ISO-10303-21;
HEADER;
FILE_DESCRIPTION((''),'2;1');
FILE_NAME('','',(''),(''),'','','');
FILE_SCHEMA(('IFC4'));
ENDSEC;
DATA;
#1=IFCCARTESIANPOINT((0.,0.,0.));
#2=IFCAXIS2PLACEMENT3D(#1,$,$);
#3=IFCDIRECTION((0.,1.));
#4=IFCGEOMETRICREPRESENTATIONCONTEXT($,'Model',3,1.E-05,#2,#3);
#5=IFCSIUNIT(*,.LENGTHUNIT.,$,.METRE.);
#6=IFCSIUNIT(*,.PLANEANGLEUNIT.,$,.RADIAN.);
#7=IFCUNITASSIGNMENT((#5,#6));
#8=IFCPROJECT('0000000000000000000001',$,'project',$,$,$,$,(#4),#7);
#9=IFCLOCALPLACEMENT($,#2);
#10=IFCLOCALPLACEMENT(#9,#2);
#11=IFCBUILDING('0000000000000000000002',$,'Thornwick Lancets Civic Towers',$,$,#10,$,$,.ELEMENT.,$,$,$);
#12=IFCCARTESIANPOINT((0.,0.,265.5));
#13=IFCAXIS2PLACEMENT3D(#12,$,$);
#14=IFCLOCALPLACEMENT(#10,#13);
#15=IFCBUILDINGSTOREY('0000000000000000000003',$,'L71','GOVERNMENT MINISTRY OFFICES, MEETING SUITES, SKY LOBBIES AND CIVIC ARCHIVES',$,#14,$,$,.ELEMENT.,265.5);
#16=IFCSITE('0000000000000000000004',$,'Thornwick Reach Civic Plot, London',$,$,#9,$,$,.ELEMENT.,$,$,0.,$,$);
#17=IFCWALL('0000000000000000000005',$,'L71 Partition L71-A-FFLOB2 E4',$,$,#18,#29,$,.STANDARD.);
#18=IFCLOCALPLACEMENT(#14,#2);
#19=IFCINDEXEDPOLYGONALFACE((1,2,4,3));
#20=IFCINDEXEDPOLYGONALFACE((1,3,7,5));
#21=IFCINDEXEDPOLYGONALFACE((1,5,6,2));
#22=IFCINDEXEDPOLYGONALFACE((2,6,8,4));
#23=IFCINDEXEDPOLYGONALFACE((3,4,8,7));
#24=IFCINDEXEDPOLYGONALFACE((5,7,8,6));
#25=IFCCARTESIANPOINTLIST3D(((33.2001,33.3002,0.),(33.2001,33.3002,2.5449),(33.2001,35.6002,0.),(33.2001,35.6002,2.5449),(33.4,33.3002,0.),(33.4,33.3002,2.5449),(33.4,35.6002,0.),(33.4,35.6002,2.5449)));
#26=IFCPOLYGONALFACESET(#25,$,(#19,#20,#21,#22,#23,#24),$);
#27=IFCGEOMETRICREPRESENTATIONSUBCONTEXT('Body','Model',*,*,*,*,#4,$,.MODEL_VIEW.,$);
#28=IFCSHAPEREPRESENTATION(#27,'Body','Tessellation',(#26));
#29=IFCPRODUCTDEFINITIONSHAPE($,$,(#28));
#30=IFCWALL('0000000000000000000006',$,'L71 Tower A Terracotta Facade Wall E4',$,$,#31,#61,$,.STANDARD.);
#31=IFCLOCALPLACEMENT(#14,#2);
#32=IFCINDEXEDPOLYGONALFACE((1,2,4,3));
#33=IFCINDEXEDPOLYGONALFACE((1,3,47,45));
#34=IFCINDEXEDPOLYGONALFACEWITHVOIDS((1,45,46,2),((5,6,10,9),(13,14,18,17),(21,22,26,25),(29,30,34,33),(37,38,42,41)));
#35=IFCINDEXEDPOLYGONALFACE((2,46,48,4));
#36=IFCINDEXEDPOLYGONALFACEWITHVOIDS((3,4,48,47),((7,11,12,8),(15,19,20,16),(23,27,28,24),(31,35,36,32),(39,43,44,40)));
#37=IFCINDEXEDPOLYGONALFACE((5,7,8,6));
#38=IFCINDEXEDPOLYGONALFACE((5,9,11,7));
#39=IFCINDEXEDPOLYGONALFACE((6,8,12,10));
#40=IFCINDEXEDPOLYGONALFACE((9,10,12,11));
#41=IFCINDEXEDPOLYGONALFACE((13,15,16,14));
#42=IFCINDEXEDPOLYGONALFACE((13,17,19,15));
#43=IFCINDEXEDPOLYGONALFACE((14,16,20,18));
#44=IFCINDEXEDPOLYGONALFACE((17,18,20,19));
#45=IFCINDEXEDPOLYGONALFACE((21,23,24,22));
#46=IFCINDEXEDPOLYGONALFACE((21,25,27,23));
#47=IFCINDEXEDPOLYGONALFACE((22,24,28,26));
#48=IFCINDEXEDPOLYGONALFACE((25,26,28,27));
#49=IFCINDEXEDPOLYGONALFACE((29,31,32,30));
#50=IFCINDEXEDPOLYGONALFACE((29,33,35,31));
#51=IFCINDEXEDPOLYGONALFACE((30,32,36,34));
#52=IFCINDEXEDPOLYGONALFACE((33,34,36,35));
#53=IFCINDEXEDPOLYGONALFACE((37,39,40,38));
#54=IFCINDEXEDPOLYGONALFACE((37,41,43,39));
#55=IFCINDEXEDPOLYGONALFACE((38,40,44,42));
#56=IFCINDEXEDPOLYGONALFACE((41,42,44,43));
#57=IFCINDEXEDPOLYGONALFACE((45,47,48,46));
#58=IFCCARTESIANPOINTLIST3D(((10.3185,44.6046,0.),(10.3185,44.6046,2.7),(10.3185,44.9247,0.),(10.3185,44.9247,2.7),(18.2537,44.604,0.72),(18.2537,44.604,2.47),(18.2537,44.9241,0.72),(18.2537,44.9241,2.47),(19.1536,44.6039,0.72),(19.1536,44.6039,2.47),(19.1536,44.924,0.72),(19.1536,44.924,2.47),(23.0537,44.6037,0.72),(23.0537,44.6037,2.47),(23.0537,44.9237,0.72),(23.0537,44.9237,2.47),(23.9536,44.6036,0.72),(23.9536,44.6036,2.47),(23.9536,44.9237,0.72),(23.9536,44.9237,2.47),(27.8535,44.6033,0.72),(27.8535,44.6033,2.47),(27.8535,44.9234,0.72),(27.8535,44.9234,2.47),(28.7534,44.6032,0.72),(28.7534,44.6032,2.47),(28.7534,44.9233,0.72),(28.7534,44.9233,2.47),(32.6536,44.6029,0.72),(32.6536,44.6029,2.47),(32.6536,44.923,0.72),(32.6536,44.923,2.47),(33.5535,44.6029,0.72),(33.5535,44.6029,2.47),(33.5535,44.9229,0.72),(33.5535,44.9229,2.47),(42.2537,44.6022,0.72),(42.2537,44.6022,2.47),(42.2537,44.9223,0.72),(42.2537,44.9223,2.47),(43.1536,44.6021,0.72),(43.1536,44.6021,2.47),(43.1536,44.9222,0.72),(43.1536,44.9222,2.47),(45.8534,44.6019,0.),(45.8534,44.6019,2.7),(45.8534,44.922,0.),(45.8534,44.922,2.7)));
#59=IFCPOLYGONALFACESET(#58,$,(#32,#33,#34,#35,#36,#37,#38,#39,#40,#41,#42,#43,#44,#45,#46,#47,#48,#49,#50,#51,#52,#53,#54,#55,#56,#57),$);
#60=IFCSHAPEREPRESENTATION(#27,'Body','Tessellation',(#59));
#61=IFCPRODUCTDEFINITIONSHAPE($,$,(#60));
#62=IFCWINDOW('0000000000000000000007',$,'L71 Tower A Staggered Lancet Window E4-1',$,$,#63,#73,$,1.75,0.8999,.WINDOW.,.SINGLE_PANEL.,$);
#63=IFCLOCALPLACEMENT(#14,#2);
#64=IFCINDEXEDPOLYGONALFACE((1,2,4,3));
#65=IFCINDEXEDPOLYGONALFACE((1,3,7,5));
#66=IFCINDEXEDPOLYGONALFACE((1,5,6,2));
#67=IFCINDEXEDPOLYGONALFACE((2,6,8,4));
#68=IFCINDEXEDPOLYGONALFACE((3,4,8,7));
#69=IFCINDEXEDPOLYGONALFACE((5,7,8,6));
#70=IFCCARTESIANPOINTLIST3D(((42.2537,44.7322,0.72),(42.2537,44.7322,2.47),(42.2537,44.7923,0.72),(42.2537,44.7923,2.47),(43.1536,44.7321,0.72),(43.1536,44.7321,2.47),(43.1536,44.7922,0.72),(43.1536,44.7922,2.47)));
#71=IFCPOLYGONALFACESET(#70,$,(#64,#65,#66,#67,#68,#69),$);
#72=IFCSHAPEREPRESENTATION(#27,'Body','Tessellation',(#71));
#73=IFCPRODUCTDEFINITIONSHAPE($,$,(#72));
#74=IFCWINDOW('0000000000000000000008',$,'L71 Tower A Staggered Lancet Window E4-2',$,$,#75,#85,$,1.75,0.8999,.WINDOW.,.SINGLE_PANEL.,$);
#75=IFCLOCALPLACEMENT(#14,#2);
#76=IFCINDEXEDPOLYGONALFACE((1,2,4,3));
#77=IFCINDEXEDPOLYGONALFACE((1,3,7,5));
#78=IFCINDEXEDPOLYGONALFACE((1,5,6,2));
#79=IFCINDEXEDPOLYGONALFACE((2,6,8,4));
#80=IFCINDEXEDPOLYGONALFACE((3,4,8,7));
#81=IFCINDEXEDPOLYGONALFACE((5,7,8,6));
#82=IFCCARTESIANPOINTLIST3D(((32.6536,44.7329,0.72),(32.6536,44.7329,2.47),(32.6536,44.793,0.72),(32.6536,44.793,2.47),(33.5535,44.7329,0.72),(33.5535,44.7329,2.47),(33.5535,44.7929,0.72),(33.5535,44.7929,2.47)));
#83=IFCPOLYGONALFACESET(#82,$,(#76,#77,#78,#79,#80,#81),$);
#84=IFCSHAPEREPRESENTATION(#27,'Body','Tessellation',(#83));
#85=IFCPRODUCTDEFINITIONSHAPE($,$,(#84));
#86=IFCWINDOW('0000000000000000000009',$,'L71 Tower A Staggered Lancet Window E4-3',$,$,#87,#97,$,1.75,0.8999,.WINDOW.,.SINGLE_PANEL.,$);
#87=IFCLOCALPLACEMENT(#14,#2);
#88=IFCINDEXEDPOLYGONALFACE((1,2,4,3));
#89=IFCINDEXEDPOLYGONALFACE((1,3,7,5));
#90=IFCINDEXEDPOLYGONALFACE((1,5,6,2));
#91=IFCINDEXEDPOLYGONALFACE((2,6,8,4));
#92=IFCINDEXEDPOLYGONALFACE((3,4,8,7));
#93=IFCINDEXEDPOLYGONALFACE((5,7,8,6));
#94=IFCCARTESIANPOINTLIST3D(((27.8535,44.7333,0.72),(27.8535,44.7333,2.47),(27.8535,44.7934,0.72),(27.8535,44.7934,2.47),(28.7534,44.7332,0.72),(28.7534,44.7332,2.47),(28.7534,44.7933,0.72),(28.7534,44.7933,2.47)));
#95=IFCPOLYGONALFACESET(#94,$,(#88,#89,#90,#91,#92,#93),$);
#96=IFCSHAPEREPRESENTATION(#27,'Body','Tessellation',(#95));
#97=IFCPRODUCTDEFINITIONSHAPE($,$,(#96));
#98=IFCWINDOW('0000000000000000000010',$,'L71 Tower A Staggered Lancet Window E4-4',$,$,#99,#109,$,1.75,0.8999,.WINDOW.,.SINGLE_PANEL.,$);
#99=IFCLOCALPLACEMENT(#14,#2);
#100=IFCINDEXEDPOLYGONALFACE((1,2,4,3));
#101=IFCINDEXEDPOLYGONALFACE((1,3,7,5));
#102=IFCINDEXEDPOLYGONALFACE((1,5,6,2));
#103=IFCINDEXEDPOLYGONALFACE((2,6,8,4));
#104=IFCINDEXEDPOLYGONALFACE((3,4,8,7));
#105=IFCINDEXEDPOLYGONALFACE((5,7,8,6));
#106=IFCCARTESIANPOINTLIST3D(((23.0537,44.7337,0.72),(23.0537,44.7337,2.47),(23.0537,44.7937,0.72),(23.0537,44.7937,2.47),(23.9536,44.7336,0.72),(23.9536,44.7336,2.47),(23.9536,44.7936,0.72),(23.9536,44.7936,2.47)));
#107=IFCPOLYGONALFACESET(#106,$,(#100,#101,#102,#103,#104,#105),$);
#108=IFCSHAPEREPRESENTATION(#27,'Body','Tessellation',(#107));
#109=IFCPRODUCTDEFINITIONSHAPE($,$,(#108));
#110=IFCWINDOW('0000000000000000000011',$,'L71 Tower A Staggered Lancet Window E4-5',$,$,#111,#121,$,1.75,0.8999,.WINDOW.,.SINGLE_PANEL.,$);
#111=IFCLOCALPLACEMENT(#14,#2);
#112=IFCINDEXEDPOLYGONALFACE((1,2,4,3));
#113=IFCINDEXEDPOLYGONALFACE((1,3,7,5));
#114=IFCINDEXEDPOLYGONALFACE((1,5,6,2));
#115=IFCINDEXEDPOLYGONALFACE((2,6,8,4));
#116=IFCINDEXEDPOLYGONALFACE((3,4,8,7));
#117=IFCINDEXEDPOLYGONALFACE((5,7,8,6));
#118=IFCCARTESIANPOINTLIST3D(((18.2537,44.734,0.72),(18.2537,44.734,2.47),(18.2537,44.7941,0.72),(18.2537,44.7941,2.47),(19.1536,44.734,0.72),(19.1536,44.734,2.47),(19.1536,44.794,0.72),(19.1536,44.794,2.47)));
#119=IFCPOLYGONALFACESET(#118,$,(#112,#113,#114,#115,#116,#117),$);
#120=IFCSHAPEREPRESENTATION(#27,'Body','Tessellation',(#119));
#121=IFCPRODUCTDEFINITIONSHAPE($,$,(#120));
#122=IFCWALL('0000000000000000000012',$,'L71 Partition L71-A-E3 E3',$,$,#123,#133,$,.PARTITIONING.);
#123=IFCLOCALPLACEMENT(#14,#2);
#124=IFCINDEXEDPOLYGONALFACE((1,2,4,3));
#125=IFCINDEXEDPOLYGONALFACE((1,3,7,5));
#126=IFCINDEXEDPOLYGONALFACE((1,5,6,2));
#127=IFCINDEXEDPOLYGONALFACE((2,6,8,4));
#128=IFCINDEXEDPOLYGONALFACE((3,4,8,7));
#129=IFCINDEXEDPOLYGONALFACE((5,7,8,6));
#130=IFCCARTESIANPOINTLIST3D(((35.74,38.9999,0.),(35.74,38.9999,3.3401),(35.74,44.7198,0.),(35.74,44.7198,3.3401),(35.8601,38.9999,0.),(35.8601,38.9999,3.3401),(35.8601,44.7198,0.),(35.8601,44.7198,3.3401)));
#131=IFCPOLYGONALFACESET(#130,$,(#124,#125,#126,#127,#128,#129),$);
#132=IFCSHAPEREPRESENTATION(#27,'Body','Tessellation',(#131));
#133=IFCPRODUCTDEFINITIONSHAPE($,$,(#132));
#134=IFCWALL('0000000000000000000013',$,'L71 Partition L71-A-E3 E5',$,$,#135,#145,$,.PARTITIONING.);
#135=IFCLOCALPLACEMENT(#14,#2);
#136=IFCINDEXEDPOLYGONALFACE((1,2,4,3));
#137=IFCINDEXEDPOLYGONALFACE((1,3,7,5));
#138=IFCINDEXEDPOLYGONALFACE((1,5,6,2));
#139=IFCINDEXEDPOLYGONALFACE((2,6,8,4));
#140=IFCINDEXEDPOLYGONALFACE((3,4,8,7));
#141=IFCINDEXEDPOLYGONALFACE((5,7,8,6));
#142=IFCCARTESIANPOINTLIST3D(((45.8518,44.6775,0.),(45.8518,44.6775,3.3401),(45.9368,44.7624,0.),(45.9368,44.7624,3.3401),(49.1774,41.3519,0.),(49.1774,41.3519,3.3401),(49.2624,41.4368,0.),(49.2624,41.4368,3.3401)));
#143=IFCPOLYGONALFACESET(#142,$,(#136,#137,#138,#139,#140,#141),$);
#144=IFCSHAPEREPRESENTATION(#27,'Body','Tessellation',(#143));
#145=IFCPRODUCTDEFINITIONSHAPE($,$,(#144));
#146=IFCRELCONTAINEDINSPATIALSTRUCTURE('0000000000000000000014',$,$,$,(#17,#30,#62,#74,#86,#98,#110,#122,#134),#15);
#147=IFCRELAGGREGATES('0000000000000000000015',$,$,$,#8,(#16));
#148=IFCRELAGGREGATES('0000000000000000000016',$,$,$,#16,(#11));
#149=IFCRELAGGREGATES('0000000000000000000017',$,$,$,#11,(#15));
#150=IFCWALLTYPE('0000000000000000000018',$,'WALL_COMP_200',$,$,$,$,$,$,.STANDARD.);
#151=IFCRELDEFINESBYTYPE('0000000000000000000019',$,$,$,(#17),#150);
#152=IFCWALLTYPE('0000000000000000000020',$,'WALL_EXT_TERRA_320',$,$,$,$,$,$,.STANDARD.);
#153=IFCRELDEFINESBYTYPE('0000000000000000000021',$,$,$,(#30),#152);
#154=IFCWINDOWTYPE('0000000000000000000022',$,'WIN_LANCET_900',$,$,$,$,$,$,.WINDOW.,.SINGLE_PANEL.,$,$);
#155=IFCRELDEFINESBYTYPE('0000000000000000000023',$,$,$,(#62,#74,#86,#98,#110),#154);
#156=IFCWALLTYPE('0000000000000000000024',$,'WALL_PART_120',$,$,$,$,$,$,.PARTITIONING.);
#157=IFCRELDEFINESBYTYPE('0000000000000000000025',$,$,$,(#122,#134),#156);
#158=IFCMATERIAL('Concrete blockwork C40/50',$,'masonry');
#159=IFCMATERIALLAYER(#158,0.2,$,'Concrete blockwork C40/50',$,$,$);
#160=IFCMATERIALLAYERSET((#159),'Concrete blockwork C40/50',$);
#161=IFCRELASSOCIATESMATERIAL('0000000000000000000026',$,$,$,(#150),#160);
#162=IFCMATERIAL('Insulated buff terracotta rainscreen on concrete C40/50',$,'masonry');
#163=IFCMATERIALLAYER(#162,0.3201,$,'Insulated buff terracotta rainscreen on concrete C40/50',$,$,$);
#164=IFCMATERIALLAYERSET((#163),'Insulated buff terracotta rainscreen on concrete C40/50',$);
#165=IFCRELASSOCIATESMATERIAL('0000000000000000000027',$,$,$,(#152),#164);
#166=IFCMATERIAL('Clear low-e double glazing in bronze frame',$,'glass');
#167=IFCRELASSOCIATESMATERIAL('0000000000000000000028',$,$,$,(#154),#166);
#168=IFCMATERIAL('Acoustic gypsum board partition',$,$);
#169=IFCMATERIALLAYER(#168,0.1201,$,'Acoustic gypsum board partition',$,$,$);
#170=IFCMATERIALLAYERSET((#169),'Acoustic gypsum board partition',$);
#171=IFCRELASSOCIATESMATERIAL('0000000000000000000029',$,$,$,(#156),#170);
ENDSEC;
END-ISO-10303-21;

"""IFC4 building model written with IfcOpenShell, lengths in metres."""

from ifc_helpers import new_model, si_unit, direction, frame, frame_2d, origin, place, context, subcontext, project, spatial, rectangle, extrude, material, layer, layer_set, type_object, element, fill, save


model = new_model("IFC4")

# Units and contexts
model_context = context("Model", 3, precision=1e-05, world=origin(), true_north=direction((0.0, 1.0)))
body_context = subcontext(model_context, "Body", "Model", "MODEL_VIEW")
ifc_project = project(units=[si_unit("LENGTHUNIT", "METRE"), si_unit("PLANEANGLEUNIT", "RADIAN")], contexts=[model_context])

# Site, building, storey
site_placement = place(None, origin())
site = spatial("IfcSite", under=ifc_project, at=site_placement, Name="Thornwick Reach Civic Plot, London", CompositionType="ELEMENT", RefElevation=0.0)
building_placement = place(site_placement, origin())
building = spatial("IfcBuilding", under=site, at=building_placement, Name="Thornwick Lancets Civic Towers", CompositionType="ELEMENT")
storey_placement = place(building_placement, frame((0.0, 0.0, 265.5)))
storey = spatial("IfcBuildingStorey", under=building, at=storey_placement, Name="L71", Description="GOVERNMENT MINISTRY OFFICES, MEETING SUITES, SKY LOBBIES AND CIVIC ARCHIVES", CompositionType="ELEMENT", Elevation=265.5)

# Wall
ifc_material_1 = material(Name="Concrete blockwork C40/50", Category="masonry")
ifc_layer_1 = layer(ifc_material_1, 0.2, Name="Concrete blockwork C40/50")
ifc_layer_set_1 = layer_set([ifc_layer_1], Name="Concrete blockwork C40/50")
wall_type_1 = type_object("IfcWallType", Name="WALL_COMP_200", PredefinedType="STANDARD", material=ifc_layer_set_1)
wall_1_placement = place(storey_placement, frame((33.3, 35.6001, 0.0), z_axis=(0.0, 0.0, 1.0), x_axis=(0.0, -1.0, 0.0)))
element("IfcWall", 1, at=wall_1_placement, inside=storey, type_object=wall_type_1, Name="L71 Partition L71-A-FFLOB2 E4", PredefinedType="STANDARD", context=body_context, shape_type="SweptSolid", body=[
    extrude(rectangle(XDim=2.3, YDim=0.2, at=frame_2d((1.1499, 0.0))), origin(), (0.0, 0.0, 1.0), 2.5449),
])

# Wall, openings, windows
ifc_material_2 = material(Name="Insulated buff terracotta rainscreen on concrete C40/50", Category="masonry")
ifc_layer_2 = layer(ifc_material_2, 0.3201, Name="Insulated buff terracotta rainscreen on concrete C40/50")
ifc_layer_set_2 = layer_set([ifc_layer_2], Name="Insulated buff terracotta rainscreen on concrete C40/50")
wall_type_2 = type_object("IfcWallType", Name="WALL_EXT_TERRA_320", PredefinedType="STANDARD", material=ifc_layer_set_2)
wall_2_placement = place(storey_placement, frame((45.8535, 44.762, 0.0), z_axis=(0.0, 0.0, 1.0), x_axis=(-1.0, 0.000076, 0.0)))
wall_2 = element("IfcWall", 2, at=wall_2_placement, inside=storey, type_object=wall_type_2, Name="L71 Tower A Terracotta Facade Wall E4", PredefinedType="STANDARD", context=body_context, shape_type="SweptSolid", body=[
    extrude(rectangle(XDim=35.5349, YDim=0.3201, at=frame_2d((17.7676, 0.0))), origin(), (0.0, 0.0, 1.0), 2.7),
])
opening_1_placement = place(wall_2_placement, frame((2.7, 0.0, 0.72)))
opening_1 = element("IfcOpeningElement", 3, at=opening_1_placement, cuts=wall_2, PredefinedType="OPENING", context=body_context, shape_type="SweptSolid", body=[
    extrude(rectangle(XDim=0.8999, YDim=1.75, at=frame_2d((0.45, 0.875))), frame((0.0, 0.1699, 0.0), z_axis=(0.0, -1.0, 0.0), x_axis=(1.0, 0.0, 0.0)), (0.0, 0.0, 1.0), 0.3401),
])
opening_2_placement = place(wall_2_placement, frame((12.3, 0.0, 0.72)))
opening_2 = element("IfcOpeningElement", 4, at=opening_2_placement, cuts=wall_2, PredefinedType="OPENING", context=body_context, shape_type="SweptSolid", body=[
    extrude(rectangle(XDim=0.8999, YDim=1.75, at=frame_2d((0.45, 0.875))), frame((0.0, 0.1699, 0.0), z_axis=(0.0, -1.0, 0.0), x_axis=(1.0, 0.0, 0.0)), (0.0, 0.0, 1.0), 0.3401),
])
opening_3_placement = place(wall_2_placement, frame((17.1001, 0.0, 0.72)))
opening_3 = element("IfcOpeningElement", 5, at=opening_3_placement, cuts=wall_2, PredefinedType="OPENING", context=body_context, shape_type="SweptSolid", body=[
    extrude(rectangle(XDim=0.8999, YDim=1.75, at=frame_2d((0.45, 0.875))), frame((0.0, 0.1699, 0.0), z_axis=(0.0, -1.0, 0.0), x_axis=(1.0, 0.0, 0.0)), (0.0, 0.0, 1.0), 0.3401),
])
opening_4_placement = place(wall_2_placement, frame((21.8999, 0.0, 0.72)))
opening_4 = element("IfcOpeningElement", 6, at=opening_4_placement, cuts=wall_2, PredefinedType="OPENING", context=body_context, shape_type="SweptSolid", body=[
    extrude(rectangle(XDim=0.8999, YDim=1.75, at=frame_2d((0.45, 0.875))), frame((0.0, 0.1699, 0.0), z_axis=(0.0, -1.0, 0.0), x_axis=(1.0, 0.0, 0.0)), (0.0, 0.0, 1.0), 0.3401),
])
opening_5_placement = place(wall_2_placement, frame((26.7, 0.0, 0.72)))
opening_5 = element("IfcOpeningElement", 7, at=opening_5_placement, cuts=wall_2, PredefinedType="OPENING", context=body_context, shape_type="SweptSolid", body=[
    extrude(rectangle(XDim=0.8999, YDim=1.75, at=frame_2d((0.45, 0.875))), frame((0.0, 0.1699, 0.0), z_axis=(0.0, -1.0, 0.0), x_axis=(1.0, 0.0, 0.0)), (0.0, 0.0, 1.0), 0.3401),
])
ifc_material_3 = material(Name="Clear low-e double glazing in bronze frame", Category="glass")
window_type = type_object("IfcWindowType", Name="WIN_LANCET_900", PartitioningType="SINGLE_PANEL", PredefinedType="WINDOW", material=ifc_material_3)
window_1_placement = place(opening_1_placement, origin())
window_1 = element("IfcWindow", 8, at=window_1_placement, inside=storey, type_object=window_type, Name="L71 Tower A Staggered Lancet Window E4-1", OverallHeight=1.75, OverallWidth=0.8999, PartitioningType="SINGLE_PANEL", PredefinedType="WINDOW", context=body_context, shape_type="SweptSolid", body=[
    extrude(rectangle(XDim=0.8999, YDim=1.75, at=frame_2d((0.45, 0.875))), frame((0.0, 0.03, 0.0), z_axis=(0.0, -1.0, 0.0), x_axis=(1.0, 0.0, 0.0)), (0.0, 0.0, 1.0), 0.0601),
])
fill(opening_1, window_1)
window_2_placement = place(opening_2_placement, origin())
window_2 = element("IfcWindow", 9, at=window_2_placement, inside=storey, type_object=window_type, Name="L71 Tower A Staggered Lancet Window E4-2", OverallHeight=1.75, OverallWidth=0.8999, PartitioningType="SINGLE_PANEL", PredefinedType="WINDOW", context=body_context, shape_type="SweptSolid", body=[
    extrude(rectangle(XDim=0.8999, YDim=1.75, at=frame_2d((0.45, 0.875))), frame((0.0, 0.03, 0.0), z_axis=(0.0, -1.0, 0.0), x_axis=(1.0, 0.0, 0.0)), (0.0, 0.0, 1.0), 0.0601),
])
fill(opening_2, window_2)
window_3_placement = place(opening_3_placement, origin())
window_3 = element("IfcWindow", 10, at=window_3_placement, inside=storey, type_object=window_type, Name="L71 Tower A Staggered Lancet Window E4-3", OverallHeight=1.75, OverallWidth=0.8999, PartitioningType="SINGLE_PANEL", PredefinedType="WINDOW", context=body_context, shape_type="SweptSolid", body=[
    extrude(rectangle(XDim=0.8999, YDim=1.75, at=frame_2d((0.45, 0.875))), frame((0.0, 0.03, 0.0), z_axis=(0.0, -1.0, 0.0), x_axis=(1.0, 0.0, 0.0)), (0.0, 0.0, 1.0), 0.0601),
])
fill(opening_3, window_3)
window_4_placement = place(opening_4_placement, origin())
window_4 = element("IfcWindow", 11, at=window_4_placement, inside=storey, type_object=window_type, Name="L71 Tower A Staggered Lancet Window E4-4", OverallHeight=1.75, OverallWidth=0.8999, PartitioningType="SINGLE_PANEL", PredefinedType="WINDOW", context=body_context, shape_type="SweptSolid", body=[
    extrude(rectangle(XDim=0.8999, YDim=1.75, at=frame_2d((0.45, 0.875))), frame((0.0, 0.03, 0.0), z_axis=(0.0, -1.0, 0.0), x_axis=(1.0, 0.0, 0.0)), (0.0, 0.0, 1.0), 0.0601),
])
fill(opening_4, window_4)
window_5_placement = place(opening_5_placement, origin())
window_5 = element("IfcWindow", 12, at=window_5_placement, inside=storey, type_object=window_type, Name="L71 Tower A Staggered Lancet Window E4-5", OverallHeight=1.75, OverallWidth=0.8999, PartitioningType="SINGLE_PANEL", PredefinedType="WINDOW", context=body_context, shape_type="SweptSolid", body=[
    extrude(rectangle(XDim=0.8999, YDim=1.75, at=frame_2d((0.45, 0.875))), frame((0.0, 0.03, 0.0), z_axis=(0.0, -1.0, 0.0), x_axis=(1.0, 0.0, 0.0)), (0.0, 0.0, 1.0), 0.0601),
])
fill(opening_5, window_5)

# Walls
ifc_material_4 = material(Name="Acoustic gypsum board partition")
ifc_layer_3 = layer(ifc_material_4, 0.1201, Name="Acoustic gypsum board partition")
ifc_layer_set_3 = layer_set([ifc_layer_3], Name="Acoustic gypsum board partition")
wall_type_3 = type_object("IfcWallType", Name="WALL_PART_120", PredefinedType="PARTITIONING", material=ifc_layer_set_3)
wall_3_placement = place(storey_placement, frame((35.8, 39.0, 0.0), z_axis=(0.0, 0.0, 1.0), x_axis=(0.0, 1.0, 0.0)))
element("IfcWall", 13, at=wall_3_placement, inside=storey, type_object=wall_type_3, Name="L71 Partition L71-A-E3 E3", PredefinedType="PARTITIONING", context=body_context, shape_type="SweptSolid", body=[
    extrude(rectangle(XDim=5.72, YDim=0.1201, at=frame_2d((2.8599, 0.0))), origin(), (0.0, 0.0, 1.0), 3.3401),
])
wall_4_placement = place(storey_placement, frame((45.8943, 44.72, 0.0), z_axis=(0.0, 0.0, 1.0), x_axis=(0.707107, -0.707107, 0.0)))
element("IfcWall", 14, at=wall_4_placement, inside=storey, type_object=wall_type_3, Name="L71 Partition L71-A-E3 E5", PredefinedType="PARTITIONING", context=body_context, shape_type="SweptSolid", body=[
    extrude(rectangle(XDim=4.7031, YDim=0.1201, at=frame_2d((2.3516, 0.0))), origin(), (0.0, 0.0, 1.0), 3.3401),
])

save(model, "model.ifc")
